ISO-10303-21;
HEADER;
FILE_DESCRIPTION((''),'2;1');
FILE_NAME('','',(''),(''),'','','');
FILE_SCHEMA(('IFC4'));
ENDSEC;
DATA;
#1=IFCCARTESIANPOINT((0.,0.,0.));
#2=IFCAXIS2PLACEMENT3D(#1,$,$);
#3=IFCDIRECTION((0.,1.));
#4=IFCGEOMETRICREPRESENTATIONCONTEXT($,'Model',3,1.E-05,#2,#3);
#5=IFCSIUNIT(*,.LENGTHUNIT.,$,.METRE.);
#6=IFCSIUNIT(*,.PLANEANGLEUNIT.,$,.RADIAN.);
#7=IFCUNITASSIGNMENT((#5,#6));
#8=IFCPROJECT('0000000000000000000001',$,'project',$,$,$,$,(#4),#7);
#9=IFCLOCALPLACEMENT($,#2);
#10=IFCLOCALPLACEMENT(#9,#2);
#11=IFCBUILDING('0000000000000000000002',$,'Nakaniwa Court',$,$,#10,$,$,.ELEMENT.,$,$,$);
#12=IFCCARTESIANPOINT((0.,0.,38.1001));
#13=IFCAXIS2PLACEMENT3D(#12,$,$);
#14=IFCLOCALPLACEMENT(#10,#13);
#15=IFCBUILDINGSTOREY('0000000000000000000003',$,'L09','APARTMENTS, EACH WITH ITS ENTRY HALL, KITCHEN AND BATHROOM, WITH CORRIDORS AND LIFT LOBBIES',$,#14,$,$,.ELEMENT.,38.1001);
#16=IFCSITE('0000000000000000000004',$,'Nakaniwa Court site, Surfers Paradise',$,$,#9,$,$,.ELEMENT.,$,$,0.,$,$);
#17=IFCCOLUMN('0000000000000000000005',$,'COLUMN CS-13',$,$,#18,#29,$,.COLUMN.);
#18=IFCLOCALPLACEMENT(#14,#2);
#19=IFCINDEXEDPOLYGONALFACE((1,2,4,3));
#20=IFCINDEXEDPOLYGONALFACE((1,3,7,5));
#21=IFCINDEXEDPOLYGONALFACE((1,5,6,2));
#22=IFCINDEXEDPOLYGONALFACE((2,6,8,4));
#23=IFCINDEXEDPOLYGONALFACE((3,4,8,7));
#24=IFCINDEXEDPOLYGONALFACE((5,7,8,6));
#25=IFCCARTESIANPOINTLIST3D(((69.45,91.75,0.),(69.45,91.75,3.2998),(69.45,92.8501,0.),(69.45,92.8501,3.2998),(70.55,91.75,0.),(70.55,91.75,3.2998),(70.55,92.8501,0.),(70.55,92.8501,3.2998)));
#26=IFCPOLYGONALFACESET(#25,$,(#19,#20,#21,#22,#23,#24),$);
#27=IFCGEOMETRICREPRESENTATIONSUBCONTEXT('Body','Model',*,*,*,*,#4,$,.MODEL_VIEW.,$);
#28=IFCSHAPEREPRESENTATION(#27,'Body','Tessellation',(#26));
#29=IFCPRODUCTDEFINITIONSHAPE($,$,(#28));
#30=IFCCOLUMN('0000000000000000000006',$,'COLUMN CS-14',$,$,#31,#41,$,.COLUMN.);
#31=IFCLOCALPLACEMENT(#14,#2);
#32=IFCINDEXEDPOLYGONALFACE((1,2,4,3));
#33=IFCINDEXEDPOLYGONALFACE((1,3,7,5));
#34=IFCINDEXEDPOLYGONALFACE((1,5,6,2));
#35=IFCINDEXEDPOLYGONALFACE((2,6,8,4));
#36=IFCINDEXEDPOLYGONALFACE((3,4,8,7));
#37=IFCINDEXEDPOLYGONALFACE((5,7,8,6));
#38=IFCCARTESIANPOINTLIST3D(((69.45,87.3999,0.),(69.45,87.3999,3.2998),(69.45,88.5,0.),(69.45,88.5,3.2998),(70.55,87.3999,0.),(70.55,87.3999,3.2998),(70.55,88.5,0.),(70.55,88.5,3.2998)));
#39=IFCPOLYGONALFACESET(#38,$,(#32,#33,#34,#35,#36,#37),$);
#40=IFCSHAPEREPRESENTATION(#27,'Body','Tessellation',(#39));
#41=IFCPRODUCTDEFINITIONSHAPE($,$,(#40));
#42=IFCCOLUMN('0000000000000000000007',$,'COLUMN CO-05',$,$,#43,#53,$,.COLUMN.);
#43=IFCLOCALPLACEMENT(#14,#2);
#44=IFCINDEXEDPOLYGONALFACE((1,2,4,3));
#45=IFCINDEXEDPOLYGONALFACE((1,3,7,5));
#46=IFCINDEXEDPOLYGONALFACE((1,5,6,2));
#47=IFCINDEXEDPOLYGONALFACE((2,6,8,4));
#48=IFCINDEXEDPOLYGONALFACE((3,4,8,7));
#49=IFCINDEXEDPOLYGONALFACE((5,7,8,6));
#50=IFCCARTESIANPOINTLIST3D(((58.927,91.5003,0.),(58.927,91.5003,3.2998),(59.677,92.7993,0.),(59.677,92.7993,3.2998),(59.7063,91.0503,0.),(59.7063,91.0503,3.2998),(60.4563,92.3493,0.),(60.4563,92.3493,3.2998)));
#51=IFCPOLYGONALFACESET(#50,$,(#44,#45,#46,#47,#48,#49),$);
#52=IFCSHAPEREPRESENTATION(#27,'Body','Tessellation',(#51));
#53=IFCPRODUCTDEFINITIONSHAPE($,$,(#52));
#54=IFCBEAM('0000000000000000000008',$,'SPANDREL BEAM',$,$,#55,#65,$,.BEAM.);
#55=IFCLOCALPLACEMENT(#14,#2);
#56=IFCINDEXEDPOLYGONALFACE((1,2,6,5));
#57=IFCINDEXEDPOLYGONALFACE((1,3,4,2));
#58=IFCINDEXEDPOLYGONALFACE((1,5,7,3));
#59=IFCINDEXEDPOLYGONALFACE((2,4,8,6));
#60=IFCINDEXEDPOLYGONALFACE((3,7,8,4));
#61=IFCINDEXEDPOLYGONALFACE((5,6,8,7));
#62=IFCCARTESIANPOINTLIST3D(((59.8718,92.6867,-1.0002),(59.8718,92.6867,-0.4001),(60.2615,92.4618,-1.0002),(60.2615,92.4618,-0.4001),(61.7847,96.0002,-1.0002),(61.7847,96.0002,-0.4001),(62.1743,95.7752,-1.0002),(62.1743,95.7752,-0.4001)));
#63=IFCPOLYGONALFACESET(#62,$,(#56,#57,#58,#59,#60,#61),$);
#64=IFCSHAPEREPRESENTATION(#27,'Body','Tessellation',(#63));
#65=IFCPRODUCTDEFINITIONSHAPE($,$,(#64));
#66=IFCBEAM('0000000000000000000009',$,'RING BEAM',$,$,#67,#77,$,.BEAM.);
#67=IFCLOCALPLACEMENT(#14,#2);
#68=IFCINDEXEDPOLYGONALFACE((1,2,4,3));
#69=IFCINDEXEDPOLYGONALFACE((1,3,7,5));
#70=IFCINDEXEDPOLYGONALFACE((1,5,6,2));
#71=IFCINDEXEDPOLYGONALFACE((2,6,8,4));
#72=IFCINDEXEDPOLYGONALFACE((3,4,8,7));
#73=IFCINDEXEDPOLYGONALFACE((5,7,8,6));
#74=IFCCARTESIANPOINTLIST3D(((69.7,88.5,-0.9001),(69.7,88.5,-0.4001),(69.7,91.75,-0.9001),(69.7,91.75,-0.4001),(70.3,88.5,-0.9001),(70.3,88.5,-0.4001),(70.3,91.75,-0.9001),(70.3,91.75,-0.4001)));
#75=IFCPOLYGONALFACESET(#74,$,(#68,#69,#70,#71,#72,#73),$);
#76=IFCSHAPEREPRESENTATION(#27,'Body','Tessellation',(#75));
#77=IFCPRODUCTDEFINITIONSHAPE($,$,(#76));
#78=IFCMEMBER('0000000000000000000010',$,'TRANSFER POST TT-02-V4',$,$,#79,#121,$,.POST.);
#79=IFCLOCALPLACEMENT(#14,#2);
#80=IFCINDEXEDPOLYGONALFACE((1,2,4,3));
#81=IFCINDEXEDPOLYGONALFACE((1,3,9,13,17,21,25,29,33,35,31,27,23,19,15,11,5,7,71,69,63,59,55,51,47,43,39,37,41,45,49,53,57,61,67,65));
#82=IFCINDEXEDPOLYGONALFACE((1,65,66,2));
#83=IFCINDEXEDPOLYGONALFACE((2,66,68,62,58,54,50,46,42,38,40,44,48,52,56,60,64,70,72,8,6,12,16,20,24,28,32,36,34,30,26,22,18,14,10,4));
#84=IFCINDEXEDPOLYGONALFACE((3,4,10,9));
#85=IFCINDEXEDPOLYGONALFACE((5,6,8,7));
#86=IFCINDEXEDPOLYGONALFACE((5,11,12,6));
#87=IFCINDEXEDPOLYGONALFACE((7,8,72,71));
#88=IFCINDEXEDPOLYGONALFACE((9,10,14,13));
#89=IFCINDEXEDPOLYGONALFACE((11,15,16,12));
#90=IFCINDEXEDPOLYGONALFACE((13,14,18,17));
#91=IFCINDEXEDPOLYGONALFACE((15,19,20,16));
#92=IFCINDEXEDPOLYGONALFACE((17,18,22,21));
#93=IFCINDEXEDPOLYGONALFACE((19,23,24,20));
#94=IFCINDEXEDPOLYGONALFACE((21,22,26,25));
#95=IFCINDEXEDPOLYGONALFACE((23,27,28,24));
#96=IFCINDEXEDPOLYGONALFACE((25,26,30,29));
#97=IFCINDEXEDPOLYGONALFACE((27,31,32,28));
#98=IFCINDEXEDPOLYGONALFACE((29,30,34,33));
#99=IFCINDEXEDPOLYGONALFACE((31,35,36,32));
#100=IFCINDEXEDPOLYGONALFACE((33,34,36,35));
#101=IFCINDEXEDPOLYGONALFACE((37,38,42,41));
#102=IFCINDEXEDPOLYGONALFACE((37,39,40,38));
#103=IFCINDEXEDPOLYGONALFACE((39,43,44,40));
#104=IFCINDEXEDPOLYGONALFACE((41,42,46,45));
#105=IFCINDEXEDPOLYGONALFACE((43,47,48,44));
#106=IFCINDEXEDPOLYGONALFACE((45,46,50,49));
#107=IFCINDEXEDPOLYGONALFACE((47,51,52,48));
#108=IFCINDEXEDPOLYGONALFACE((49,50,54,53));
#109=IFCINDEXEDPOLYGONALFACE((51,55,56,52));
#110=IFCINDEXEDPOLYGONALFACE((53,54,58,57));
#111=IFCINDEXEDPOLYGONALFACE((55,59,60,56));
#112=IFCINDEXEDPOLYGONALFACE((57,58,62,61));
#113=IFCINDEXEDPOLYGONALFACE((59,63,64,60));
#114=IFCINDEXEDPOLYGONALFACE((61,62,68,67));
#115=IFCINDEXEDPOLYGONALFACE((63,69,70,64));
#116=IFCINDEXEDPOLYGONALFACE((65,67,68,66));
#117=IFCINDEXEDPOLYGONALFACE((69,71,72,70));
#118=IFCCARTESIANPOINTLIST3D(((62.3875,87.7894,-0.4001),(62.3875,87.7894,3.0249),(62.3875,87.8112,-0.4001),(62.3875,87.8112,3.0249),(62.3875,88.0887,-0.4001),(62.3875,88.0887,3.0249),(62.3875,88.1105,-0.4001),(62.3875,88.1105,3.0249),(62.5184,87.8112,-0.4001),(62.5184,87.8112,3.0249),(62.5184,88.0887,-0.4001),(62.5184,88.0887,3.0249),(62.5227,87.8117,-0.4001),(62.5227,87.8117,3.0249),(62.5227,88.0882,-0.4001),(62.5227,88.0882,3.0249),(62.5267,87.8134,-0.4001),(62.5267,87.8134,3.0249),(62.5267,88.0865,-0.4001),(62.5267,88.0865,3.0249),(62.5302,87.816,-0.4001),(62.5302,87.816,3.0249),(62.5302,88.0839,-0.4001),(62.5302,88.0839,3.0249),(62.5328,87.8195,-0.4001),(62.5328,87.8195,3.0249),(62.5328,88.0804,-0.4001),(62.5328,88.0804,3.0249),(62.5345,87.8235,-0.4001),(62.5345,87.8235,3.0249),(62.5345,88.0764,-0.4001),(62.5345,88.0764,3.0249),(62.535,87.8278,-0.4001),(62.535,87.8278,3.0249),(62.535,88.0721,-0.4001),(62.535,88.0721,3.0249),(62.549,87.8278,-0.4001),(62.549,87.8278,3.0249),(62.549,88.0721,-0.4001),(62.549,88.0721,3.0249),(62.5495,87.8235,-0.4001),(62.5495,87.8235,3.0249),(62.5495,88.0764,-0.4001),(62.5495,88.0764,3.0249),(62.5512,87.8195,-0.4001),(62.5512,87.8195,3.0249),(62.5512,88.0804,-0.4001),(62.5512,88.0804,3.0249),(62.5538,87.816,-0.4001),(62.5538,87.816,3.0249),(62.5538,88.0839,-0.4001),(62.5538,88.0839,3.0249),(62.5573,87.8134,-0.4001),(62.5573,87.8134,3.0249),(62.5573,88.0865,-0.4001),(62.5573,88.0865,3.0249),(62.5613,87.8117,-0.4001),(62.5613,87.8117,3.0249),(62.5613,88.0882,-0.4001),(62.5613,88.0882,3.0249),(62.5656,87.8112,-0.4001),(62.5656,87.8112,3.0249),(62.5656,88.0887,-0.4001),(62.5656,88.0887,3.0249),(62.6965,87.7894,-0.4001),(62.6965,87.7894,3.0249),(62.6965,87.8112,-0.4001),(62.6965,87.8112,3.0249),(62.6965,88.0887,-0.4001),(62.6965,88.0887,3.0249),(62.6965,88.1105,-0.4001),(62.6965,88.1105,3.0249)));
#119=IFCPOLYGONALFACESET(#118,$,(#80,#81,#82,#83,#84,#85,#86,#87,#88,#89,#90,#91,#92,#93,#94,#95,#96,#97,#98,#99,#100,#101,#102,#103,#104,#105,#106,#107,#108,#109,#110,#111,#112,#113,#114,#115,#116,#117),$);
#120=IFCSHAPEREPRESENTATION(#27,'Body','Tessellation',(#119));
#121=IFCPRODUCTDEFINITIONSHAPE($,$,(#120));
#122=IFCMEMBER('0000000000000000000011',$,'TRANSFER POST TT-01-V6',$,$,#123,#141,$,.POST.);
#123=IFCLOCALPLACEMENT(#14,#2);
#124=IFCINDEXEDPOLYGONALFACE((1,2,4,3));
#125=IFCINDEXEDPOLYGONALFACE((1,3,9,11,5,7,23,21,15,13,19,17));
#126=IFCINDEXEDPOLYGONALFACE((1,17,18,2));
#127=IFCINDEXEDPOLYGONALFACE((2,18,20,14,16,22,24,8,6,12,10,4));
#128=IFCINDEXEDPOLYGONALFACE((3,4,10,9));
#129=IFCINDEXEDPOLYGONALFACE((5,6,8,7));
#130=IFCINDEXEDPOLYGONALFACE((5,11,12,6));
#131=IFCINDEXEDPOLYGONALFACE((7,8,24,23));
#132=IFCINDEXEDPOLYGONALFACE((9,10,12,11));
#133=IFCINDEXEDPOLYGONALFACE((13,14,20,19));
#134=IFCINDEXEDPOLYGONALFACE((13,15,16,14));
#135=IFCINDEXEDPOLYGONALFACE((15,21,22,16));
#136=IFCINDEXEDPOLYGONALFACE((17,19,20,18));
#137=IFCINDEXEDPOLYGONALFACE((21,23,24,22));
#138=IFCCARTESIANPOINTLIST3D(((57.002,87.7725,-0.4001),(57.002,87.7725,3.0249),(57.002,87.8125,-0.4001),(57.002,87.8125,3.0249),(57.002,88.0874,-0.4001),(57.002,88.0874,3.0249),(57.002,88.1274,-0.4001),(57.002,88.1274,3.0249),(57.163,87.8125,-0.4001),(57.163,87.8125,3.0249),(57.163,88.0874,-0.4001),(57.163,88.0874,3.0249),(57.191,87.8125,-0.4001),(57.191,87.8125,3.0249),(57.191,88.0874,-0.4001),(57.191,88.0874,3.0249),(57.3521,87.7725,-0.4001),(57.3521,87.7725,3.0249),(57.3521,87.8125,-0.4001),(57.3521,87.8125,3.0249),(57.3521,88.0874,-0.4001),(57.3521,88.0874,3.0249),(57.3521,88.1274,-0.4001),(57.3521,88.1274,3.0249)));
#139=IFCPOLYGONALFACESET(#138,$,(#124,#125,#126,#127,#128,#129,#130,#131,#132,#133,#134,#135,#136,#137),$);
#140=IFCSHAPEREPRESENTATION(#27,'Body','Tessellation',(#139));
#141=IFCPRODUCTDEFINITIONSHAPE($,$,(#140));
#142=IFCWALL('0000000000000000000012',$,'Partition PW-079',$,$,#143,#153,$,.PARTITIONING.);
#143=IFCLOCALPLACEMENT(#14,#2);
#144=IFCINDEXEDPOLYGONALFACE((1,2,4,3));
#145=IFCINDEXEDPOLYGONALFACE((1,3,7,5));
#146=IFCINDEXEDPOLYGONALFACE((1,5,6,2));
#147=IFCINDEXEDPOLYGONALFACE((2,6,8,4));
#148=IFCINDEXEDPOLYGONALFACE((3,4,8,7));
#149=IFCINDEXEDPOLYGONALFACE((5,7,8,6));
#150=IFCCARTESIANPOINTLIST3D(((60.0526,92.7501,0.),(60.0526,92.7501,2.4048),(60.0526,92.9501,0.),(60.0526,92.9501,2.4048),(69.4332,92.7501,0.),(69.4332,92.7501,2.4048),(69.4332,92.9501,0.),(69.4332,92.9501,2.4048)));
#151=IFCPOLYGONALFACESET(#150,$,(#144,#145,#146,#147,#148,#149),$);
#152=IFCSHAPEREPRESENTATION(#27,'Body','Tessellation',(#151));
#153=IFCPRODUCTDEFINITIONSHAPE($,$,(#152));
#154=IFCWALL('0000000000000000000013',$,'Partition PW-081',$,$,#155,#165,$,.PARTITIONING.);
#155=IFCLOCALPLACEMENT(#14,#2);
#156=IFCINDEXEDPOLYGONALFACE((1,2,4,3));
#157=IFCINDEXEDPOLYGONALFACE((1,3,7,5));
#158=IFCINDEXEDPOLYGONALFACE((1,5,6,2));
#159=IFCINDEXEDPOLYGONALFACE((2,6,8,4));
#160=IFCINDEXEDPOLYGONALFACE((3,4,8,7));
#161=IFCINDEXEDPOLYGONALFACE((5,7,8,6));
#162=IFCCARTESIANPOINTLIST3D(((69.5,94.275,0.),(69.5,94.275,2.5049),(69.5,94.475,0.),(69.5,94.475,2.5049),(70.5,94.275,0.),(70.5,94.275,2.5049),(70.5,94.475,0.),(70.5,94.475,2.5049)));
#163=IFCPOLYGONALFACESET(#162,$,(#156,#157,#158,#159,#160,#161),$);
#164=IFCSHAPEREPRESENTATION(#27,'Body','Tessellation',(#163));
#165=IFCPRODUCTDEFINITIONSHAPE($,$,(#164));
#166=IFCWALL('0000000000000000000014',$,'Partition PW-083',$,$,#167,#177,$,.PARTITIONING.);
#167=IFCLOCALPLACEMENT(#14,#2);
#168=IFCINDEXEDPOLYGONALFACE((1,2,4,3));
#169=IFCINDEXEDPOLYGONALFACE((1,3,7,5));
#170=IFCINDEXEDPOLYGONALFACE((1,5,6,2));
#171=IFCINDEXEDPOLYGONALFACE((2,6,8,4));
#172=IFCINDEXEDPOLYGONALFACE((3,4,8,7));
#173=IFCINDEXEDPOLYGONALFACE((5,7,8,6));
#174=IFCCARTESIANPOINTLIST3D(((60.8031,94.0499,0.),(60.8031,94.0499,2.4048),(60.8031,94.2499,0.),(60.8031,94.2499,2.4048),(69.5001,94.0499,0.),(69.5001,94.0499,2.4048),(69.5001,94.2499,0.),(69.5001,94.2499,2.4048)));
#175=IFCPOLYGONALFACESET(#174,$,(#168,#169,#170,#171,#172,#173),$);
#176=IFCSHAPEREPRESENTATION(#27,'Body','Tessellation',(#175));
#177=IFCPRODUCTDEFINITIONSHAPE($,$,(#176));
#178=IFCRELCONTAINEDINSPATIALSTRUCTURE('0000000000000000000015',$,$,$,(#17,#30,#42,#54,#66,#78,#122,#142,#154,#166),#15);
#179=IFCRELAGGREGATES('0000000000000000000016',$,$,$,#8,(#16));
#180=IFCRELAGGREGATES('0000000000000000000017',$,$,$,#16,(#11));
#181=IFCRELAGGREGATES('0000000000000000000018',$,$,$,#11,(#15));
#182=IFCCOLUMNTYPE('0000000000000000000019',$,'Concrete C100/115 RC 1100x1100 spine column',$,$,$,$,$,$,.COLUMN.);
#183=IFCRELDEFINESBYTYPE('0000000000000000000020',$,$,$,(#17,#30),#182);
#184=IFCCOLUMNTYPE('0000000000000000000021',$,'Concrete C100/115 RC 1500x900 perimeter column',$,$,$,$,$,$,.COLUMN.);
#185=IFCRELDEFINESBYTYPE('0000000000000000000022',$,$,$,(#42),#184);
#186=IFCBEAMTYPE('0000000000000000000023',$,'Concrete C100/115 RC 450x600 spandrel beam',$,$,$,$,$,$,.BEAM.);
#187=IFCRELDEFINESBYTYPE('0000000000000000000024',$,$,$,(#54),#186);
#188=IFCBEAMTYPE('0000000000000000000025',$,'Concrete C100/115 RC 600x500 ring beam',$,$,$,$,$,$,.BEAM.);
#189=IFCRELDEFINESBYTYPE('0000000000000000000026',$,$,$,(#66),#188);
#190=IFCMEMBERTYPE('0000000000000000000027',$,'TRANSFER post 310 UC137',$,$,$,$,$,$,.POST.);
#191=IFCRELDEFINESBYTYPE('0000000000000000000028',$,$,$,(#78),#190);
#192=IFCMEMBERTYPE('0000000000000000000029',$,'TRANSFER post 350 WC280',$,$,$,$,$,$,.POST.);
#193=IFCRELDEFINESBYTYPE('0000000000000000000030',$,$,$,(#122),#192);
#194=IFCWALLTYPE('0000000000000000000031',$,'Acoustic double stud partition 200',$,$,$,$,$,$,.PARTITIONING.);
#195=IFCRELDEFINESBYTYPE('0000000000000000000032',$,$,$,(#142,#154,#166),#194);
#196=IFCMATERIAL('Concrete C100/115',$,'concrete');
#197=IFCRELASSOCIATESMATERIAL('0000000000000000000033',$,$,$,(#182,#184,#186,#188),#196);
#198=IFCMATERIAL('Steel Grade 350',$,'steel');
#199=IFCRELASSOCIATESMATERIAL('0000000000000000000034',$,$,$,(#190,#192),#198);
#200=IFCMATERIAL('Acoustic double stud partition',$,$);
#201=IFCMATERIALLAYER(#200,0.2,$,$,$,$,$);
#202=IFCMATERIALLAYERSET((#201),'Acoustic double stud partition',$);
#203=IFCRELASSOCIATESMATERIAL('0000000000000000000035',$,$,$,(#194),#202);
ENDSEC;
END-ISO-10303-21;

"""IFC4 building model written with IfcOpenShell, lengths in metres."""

from ifc_helpers import new_model, si_unit, direction, frame, frame_2d, origin, origin_2d, place, context, subcontext, project, spatial, rectangle, i_section, extrude, material, layer, layer_set, material_profile, profile_set, type_object, element, save


model = new_model("IFC4")

# Units and contexts
model_context = context("Model", 3, precision=1e-05, world=origin(), true_north=direction((0.0, 1.0)))
body_context = subcontext(model_context, "Body", "Model", "MODEL_VIEW")
ifc_project = project(units=[si_unit("LENGTHUNIT", "METRE"), si_unit("PLANEANGLEUNIT", "RADIAN")], contexts=[model_context])

# Site, building, storey
site_placement = place(None, origin())
site = spatial("IfcSite", under=ifc_project, at=site_placement, Name="Nakaniwa Court site, Surfers Paradise", CompositionType="ELEMENT", RefElevation=0.0)
building_placement = place(site_placement, origin())
building = spatial("IfcBuilding", under=site, at=building_placement, Name="Nakaniwa Court", CompositionType="ELEMENT")
storey_placement = place(building_placement, frame((0.0, 0.0, 38.1001)))
storey = spatial("IfcBuildingStorey", under=building, at=storey_placement, Name="L09", Description="APARTMENTS, EACH WITH ITS ENTRY HALL, KITCHEN AND BATHROOM, WITH CORRIDORS AND LIFT LOBBIES", CompositionType="ELEMENT", Elevation=38.1001)

# Columns
ifc_material_1 = material(Name="Concrete C100/115", Category="concrete")
ifc_material_profile_1 = material_profile(ifc_material_1, rectangle(XDim=1.1001, YDim=1.1001, at=origin_2d()), Name="Concrete C100/115 RC 1100x1100 spine column")
ifc_profile_set_1 = profile_set([ifc_material_profile_1], Name="Concrete C100/115")
column_type_1 = type_object("IfcColumnType", Name="Concrete C100/115 RC 1100x1100 spine column", PredefinedType="COLUMN", material=ifc_profile_set_1)
for number, where, z_axis, x_axis, name in (
    (1, (70.0, 92.3, 0.0), (0.0, 0.0, 1.0), (0.0, -1.0, 0.0), "COLUMN CS-13"),
    (2, (70.0, 87.95, 0.0), (0.0, 0.0, 1.0), (0.0, -1.0, 0.0), "COLUMN CS-14"),
):
    element("IfcColumn", number, at=place(storey_placement, frame(where, z_axis=z_axis, x_axis=x_axis)), inside=storey, type_object=column_type_1, Name=name, PredefinedType="COLUMN", context=body_context, shape_type="SweptSolid", body=[
        extrude(rectangle(XDim=1.1001, YDim=1.1001, at=origin_2d()), origin(), (0.0, 0.0, 1.0), 3.2998),
    ])
ifc_material_profile_2 = material_profile(ifc_material_1, rectangle(XDim=1.5, YDim=0.8999, at=origin_2d()), Name="Concrete C100/115 RC 1500x900 perimeter column")
ifc_profile_set_2 = profile_set([ifc_material_profile_2], Name="Concrete C100/115")
column_type_2 = type_object("IfcColumnType", Name="Concrete C100/115 RC 1500x900 perimeter column", PredefinedType="COLUMN", material=ifc_profile_set_2)
column_placement = place(storey_placement, frame((59.6917, 91.9248, 0.0), z_axis=(0.0, 0.0, 1.0), x_axis=(-0.5, -0.866025, 0.0)))
element("IfcColumn", 3, at=column_placement, inside=storey, type_object=column_type_2, Name="COLUMN CO-05", PredefinedType="COLUMN", context=body_context, shape_type="SweptSolid", body=[
    extrude(rectangle(XDim=1.5, YDim=0.8999, at=origin_2d()), origin(), (0.0, 0.0, 1.0), 3.2998),
])

# Beams
ifc_material_profile_3 = material_profile(ifc_material_1, rectangle(XDim=0.45, YDim=0.6001, at=origin_2d()), Name="Concrete C100/115 RC 450x600 spandrel beam")
ifc_profile_set_3 = profile_set([ifc_material_profile_3], Name="Concrete C100/115")
beam_type_1 = type_object("IfcBeamType", Name="Concrete C100/115 RC 450x600 spandrel beam", PredefinedType="BEAM", material=ifc_profile_set_3)
beam_1_placement = place(storey_placement, frame((61.9795, 95.8877, -0.7002), z_axis=(-0.499962, -0.866047, 0.0), x_axis=(0.866047, -0.499962, 0.0)))
element("IfcBeam", 4, at=beam_1_placement, inside=storey, type_object=beam_type_1, Name="SPANDREL BEAM", PredefinedType="BEAM", context=body_context, shape_type="SweptSolid", body=[
    extrude(rectangle(XDim=0.45, YDim=0.6001, at=origin_2d()), origin(), (0.0, 0.0, 1.0), 3.8259),
])
ifc_material_profile_4 = material_profile(ifc_material_1, rectangle(XDim=0.6001, YDim=0.5, at=origin_2d()), Name="Concrete C100/115 RC 600x500 ring beam")
ifc_profile_set_4 = profile_set([ifc_material_profile_4], Name="Concrete C100/115")
beam_type_2 = type_object("IfcBeamType", Name="Concrete C100/115 RC 600x500 ring beam", PredefinedType="BEAM", material=ifc_profile_set_4)
beam_2_placement = place(storey_placement, frame((70.0, 91.75, -0.6501), z_axis=(0.0, -1.0, 0.0), x_axis=(1.0, 0.0, 0.0)))
element("IfcBeam", 5, at=beam_2_placement, inside=storey, type_object=beam_type_2, Name="RING BEAM", PredefinedType="BEAM", context=body_context, shape_type="SweptSolid", body=[
    extrude(rectangle(XDim=0.6001, YDim=0.5, at=origin_2d()), origin(), (0.0, 0.0, 1.0), 3.25),
])

# Members
ifc_material_2 = material(Name="Steel Grade 350", Category="steel")
ifc_material_profile_5 = material_profile(ifc_material_2, i_section(OverallWidth=0.3091, OverallDepth=0.321, WebThickness=0.0139, FlangeThickness=0.0217, FilletRadius=0.0166, at=origin_2d()), Name="310UC137")
ifc_profile_set_5 = profile_set([ifc_material_profile_5], Name="Steel Grade 350")
member_type_1 = type_object("IfcMemberType", Name="TRANSFER post 310 UC137", PredefinedType="POST", material=ifc_profile_set_5)
member_1_placement = place(storey_placement, frame((62.542, 87.95, -0.4001), z_axis=(0.0, 0.0, 1.0), x_axis=(1.0, 0.0, 0.0)))
element("IfcMember", 6, at=member_1_placement, inside=storey, type_object=member_type_1, Name="TRANSFER POST TT-02-V4", PredefinedType="POST", context=body_context, shape_type="SweptSolid", body=[
    extrude(i_section(OverallWidth=0.3091, OverallDepth=0.321, WebThickness=0.0139, FlangeThickness=0.0217, FilletRadius=0.0166, at=origin_2d()), origin(), (0.0, 0.0, 1.0), 3.425),
])
ifc_material_profile_6 = material_profile(ifc_material_2, i_section(OverallWidth=0.3501, OverallDepth=0.355, WebThickness=0.0281, FlangeThickness=0.04, at=origin_2d()), Name="350WC280")
ifc_profile_set_6 = profile_set([ifc_material_profile_6], Name="Steel Grade 350")
member_type_2 = type_object("IfcMemberType", Name="TRANSFER post 350 WC280", PredefinedType="POST", material=ifc_profile_set_6)
member_2_placement = place(storey_placement, frame((57.177, 87.95, -0.4001), z_axis=(0.0, 0.0, 1.0), x_axis=(1.0, 0.0, 0.0)))
element("IfcMember", 7, at=member_2_placement, inside=storey, type_object=member_type_2, Name="TRANSFER POST TT-01-V6", PredefinedType="POST", context=body_context, shape_type="SweptSolid", body=[
    extrude(i_section(OverallWidth=0.3501, OverallDepth=0.355, WebThickness=0.0281, FlangeThickness=0.04, at=origin_2d()), origin(), (0.0, 0.0, 1.0), 3.425),
])

# Walls
ifc_material_3 = material(Name="Acoustic double stud partition")
ifc_layer_1 = layer(ifc_material_3, 0.2)
ifc_layer_set_1 = layer_set([ifc_layer_1], Name="Acoustic double stud partition")
wall_type_1 = type_object("IfcWallType", Name="Acoustic double stud partition 200", PredefinedType="PARTITIONING", material=ifc_layer_set_1)
wall_1_placement = place(storey_placement, frame((60.0525, 92.8501, 0.0), z_axis=(0.0, 0.0, 1.0), x_axis=(1.0, 0.0, 0.0)))
element("IfcWall", 8, at=wall_1_placement, inside=storey, type_object=wall_type_1, Name="Partition PW-079", PredefinedType="PARTITIONING", context=body_context, shape_type="SweptSolid", body=[
    extrude(rectangle(XDim=9.3806, YDim=0.2, at=frame_2d((4.6904, 0.0))), origin(), (0.0, 0.0, 1.0), 2.4048),
])
wall_2_placement = place(storey_placement, frame((69.5, 94.375, 0.0), z_axis=(0.0, 0.0, 1.0), x_axis=(1.0, 0.0, 0.0)))
element("IfcWall", 9, at=wall_2_placement, inside=storey, type_object=wall_type_1, Name="Partition PW-081", PredefinedType="PARTITIONING", context=body_context, shape_type="SweptSolid", body=[
    extrude(rectangle(XDim=1.0, YDim=0.2, at=frame_2d((0.5, 0.0))), origin(), (0.0, 0.0, 1.0), 2.5049),
])
wall_3_placement = place(storey_placement, frame((60.803, 94.1499, 0.0), z_axis=(0.0, 0.0, 1.0), x_axis=(1.0, 0.0, 0.0)))
element("IfcWall", 10, at=wall_3_placement, inside=storey, type_object=wall_type_1, Name="Partition PW-083", PredefinedType="PARTITIONING", context=body_context, shape_type="SweptSolid", body=[
    extrude(rectangle(XDim=8.697, YDim=0.2, at=frame_2d((4.3486, 0.0))), origin(), (0.0, 0.0, 1.0), 2.4048),
])

save(model, "model.ifc")
